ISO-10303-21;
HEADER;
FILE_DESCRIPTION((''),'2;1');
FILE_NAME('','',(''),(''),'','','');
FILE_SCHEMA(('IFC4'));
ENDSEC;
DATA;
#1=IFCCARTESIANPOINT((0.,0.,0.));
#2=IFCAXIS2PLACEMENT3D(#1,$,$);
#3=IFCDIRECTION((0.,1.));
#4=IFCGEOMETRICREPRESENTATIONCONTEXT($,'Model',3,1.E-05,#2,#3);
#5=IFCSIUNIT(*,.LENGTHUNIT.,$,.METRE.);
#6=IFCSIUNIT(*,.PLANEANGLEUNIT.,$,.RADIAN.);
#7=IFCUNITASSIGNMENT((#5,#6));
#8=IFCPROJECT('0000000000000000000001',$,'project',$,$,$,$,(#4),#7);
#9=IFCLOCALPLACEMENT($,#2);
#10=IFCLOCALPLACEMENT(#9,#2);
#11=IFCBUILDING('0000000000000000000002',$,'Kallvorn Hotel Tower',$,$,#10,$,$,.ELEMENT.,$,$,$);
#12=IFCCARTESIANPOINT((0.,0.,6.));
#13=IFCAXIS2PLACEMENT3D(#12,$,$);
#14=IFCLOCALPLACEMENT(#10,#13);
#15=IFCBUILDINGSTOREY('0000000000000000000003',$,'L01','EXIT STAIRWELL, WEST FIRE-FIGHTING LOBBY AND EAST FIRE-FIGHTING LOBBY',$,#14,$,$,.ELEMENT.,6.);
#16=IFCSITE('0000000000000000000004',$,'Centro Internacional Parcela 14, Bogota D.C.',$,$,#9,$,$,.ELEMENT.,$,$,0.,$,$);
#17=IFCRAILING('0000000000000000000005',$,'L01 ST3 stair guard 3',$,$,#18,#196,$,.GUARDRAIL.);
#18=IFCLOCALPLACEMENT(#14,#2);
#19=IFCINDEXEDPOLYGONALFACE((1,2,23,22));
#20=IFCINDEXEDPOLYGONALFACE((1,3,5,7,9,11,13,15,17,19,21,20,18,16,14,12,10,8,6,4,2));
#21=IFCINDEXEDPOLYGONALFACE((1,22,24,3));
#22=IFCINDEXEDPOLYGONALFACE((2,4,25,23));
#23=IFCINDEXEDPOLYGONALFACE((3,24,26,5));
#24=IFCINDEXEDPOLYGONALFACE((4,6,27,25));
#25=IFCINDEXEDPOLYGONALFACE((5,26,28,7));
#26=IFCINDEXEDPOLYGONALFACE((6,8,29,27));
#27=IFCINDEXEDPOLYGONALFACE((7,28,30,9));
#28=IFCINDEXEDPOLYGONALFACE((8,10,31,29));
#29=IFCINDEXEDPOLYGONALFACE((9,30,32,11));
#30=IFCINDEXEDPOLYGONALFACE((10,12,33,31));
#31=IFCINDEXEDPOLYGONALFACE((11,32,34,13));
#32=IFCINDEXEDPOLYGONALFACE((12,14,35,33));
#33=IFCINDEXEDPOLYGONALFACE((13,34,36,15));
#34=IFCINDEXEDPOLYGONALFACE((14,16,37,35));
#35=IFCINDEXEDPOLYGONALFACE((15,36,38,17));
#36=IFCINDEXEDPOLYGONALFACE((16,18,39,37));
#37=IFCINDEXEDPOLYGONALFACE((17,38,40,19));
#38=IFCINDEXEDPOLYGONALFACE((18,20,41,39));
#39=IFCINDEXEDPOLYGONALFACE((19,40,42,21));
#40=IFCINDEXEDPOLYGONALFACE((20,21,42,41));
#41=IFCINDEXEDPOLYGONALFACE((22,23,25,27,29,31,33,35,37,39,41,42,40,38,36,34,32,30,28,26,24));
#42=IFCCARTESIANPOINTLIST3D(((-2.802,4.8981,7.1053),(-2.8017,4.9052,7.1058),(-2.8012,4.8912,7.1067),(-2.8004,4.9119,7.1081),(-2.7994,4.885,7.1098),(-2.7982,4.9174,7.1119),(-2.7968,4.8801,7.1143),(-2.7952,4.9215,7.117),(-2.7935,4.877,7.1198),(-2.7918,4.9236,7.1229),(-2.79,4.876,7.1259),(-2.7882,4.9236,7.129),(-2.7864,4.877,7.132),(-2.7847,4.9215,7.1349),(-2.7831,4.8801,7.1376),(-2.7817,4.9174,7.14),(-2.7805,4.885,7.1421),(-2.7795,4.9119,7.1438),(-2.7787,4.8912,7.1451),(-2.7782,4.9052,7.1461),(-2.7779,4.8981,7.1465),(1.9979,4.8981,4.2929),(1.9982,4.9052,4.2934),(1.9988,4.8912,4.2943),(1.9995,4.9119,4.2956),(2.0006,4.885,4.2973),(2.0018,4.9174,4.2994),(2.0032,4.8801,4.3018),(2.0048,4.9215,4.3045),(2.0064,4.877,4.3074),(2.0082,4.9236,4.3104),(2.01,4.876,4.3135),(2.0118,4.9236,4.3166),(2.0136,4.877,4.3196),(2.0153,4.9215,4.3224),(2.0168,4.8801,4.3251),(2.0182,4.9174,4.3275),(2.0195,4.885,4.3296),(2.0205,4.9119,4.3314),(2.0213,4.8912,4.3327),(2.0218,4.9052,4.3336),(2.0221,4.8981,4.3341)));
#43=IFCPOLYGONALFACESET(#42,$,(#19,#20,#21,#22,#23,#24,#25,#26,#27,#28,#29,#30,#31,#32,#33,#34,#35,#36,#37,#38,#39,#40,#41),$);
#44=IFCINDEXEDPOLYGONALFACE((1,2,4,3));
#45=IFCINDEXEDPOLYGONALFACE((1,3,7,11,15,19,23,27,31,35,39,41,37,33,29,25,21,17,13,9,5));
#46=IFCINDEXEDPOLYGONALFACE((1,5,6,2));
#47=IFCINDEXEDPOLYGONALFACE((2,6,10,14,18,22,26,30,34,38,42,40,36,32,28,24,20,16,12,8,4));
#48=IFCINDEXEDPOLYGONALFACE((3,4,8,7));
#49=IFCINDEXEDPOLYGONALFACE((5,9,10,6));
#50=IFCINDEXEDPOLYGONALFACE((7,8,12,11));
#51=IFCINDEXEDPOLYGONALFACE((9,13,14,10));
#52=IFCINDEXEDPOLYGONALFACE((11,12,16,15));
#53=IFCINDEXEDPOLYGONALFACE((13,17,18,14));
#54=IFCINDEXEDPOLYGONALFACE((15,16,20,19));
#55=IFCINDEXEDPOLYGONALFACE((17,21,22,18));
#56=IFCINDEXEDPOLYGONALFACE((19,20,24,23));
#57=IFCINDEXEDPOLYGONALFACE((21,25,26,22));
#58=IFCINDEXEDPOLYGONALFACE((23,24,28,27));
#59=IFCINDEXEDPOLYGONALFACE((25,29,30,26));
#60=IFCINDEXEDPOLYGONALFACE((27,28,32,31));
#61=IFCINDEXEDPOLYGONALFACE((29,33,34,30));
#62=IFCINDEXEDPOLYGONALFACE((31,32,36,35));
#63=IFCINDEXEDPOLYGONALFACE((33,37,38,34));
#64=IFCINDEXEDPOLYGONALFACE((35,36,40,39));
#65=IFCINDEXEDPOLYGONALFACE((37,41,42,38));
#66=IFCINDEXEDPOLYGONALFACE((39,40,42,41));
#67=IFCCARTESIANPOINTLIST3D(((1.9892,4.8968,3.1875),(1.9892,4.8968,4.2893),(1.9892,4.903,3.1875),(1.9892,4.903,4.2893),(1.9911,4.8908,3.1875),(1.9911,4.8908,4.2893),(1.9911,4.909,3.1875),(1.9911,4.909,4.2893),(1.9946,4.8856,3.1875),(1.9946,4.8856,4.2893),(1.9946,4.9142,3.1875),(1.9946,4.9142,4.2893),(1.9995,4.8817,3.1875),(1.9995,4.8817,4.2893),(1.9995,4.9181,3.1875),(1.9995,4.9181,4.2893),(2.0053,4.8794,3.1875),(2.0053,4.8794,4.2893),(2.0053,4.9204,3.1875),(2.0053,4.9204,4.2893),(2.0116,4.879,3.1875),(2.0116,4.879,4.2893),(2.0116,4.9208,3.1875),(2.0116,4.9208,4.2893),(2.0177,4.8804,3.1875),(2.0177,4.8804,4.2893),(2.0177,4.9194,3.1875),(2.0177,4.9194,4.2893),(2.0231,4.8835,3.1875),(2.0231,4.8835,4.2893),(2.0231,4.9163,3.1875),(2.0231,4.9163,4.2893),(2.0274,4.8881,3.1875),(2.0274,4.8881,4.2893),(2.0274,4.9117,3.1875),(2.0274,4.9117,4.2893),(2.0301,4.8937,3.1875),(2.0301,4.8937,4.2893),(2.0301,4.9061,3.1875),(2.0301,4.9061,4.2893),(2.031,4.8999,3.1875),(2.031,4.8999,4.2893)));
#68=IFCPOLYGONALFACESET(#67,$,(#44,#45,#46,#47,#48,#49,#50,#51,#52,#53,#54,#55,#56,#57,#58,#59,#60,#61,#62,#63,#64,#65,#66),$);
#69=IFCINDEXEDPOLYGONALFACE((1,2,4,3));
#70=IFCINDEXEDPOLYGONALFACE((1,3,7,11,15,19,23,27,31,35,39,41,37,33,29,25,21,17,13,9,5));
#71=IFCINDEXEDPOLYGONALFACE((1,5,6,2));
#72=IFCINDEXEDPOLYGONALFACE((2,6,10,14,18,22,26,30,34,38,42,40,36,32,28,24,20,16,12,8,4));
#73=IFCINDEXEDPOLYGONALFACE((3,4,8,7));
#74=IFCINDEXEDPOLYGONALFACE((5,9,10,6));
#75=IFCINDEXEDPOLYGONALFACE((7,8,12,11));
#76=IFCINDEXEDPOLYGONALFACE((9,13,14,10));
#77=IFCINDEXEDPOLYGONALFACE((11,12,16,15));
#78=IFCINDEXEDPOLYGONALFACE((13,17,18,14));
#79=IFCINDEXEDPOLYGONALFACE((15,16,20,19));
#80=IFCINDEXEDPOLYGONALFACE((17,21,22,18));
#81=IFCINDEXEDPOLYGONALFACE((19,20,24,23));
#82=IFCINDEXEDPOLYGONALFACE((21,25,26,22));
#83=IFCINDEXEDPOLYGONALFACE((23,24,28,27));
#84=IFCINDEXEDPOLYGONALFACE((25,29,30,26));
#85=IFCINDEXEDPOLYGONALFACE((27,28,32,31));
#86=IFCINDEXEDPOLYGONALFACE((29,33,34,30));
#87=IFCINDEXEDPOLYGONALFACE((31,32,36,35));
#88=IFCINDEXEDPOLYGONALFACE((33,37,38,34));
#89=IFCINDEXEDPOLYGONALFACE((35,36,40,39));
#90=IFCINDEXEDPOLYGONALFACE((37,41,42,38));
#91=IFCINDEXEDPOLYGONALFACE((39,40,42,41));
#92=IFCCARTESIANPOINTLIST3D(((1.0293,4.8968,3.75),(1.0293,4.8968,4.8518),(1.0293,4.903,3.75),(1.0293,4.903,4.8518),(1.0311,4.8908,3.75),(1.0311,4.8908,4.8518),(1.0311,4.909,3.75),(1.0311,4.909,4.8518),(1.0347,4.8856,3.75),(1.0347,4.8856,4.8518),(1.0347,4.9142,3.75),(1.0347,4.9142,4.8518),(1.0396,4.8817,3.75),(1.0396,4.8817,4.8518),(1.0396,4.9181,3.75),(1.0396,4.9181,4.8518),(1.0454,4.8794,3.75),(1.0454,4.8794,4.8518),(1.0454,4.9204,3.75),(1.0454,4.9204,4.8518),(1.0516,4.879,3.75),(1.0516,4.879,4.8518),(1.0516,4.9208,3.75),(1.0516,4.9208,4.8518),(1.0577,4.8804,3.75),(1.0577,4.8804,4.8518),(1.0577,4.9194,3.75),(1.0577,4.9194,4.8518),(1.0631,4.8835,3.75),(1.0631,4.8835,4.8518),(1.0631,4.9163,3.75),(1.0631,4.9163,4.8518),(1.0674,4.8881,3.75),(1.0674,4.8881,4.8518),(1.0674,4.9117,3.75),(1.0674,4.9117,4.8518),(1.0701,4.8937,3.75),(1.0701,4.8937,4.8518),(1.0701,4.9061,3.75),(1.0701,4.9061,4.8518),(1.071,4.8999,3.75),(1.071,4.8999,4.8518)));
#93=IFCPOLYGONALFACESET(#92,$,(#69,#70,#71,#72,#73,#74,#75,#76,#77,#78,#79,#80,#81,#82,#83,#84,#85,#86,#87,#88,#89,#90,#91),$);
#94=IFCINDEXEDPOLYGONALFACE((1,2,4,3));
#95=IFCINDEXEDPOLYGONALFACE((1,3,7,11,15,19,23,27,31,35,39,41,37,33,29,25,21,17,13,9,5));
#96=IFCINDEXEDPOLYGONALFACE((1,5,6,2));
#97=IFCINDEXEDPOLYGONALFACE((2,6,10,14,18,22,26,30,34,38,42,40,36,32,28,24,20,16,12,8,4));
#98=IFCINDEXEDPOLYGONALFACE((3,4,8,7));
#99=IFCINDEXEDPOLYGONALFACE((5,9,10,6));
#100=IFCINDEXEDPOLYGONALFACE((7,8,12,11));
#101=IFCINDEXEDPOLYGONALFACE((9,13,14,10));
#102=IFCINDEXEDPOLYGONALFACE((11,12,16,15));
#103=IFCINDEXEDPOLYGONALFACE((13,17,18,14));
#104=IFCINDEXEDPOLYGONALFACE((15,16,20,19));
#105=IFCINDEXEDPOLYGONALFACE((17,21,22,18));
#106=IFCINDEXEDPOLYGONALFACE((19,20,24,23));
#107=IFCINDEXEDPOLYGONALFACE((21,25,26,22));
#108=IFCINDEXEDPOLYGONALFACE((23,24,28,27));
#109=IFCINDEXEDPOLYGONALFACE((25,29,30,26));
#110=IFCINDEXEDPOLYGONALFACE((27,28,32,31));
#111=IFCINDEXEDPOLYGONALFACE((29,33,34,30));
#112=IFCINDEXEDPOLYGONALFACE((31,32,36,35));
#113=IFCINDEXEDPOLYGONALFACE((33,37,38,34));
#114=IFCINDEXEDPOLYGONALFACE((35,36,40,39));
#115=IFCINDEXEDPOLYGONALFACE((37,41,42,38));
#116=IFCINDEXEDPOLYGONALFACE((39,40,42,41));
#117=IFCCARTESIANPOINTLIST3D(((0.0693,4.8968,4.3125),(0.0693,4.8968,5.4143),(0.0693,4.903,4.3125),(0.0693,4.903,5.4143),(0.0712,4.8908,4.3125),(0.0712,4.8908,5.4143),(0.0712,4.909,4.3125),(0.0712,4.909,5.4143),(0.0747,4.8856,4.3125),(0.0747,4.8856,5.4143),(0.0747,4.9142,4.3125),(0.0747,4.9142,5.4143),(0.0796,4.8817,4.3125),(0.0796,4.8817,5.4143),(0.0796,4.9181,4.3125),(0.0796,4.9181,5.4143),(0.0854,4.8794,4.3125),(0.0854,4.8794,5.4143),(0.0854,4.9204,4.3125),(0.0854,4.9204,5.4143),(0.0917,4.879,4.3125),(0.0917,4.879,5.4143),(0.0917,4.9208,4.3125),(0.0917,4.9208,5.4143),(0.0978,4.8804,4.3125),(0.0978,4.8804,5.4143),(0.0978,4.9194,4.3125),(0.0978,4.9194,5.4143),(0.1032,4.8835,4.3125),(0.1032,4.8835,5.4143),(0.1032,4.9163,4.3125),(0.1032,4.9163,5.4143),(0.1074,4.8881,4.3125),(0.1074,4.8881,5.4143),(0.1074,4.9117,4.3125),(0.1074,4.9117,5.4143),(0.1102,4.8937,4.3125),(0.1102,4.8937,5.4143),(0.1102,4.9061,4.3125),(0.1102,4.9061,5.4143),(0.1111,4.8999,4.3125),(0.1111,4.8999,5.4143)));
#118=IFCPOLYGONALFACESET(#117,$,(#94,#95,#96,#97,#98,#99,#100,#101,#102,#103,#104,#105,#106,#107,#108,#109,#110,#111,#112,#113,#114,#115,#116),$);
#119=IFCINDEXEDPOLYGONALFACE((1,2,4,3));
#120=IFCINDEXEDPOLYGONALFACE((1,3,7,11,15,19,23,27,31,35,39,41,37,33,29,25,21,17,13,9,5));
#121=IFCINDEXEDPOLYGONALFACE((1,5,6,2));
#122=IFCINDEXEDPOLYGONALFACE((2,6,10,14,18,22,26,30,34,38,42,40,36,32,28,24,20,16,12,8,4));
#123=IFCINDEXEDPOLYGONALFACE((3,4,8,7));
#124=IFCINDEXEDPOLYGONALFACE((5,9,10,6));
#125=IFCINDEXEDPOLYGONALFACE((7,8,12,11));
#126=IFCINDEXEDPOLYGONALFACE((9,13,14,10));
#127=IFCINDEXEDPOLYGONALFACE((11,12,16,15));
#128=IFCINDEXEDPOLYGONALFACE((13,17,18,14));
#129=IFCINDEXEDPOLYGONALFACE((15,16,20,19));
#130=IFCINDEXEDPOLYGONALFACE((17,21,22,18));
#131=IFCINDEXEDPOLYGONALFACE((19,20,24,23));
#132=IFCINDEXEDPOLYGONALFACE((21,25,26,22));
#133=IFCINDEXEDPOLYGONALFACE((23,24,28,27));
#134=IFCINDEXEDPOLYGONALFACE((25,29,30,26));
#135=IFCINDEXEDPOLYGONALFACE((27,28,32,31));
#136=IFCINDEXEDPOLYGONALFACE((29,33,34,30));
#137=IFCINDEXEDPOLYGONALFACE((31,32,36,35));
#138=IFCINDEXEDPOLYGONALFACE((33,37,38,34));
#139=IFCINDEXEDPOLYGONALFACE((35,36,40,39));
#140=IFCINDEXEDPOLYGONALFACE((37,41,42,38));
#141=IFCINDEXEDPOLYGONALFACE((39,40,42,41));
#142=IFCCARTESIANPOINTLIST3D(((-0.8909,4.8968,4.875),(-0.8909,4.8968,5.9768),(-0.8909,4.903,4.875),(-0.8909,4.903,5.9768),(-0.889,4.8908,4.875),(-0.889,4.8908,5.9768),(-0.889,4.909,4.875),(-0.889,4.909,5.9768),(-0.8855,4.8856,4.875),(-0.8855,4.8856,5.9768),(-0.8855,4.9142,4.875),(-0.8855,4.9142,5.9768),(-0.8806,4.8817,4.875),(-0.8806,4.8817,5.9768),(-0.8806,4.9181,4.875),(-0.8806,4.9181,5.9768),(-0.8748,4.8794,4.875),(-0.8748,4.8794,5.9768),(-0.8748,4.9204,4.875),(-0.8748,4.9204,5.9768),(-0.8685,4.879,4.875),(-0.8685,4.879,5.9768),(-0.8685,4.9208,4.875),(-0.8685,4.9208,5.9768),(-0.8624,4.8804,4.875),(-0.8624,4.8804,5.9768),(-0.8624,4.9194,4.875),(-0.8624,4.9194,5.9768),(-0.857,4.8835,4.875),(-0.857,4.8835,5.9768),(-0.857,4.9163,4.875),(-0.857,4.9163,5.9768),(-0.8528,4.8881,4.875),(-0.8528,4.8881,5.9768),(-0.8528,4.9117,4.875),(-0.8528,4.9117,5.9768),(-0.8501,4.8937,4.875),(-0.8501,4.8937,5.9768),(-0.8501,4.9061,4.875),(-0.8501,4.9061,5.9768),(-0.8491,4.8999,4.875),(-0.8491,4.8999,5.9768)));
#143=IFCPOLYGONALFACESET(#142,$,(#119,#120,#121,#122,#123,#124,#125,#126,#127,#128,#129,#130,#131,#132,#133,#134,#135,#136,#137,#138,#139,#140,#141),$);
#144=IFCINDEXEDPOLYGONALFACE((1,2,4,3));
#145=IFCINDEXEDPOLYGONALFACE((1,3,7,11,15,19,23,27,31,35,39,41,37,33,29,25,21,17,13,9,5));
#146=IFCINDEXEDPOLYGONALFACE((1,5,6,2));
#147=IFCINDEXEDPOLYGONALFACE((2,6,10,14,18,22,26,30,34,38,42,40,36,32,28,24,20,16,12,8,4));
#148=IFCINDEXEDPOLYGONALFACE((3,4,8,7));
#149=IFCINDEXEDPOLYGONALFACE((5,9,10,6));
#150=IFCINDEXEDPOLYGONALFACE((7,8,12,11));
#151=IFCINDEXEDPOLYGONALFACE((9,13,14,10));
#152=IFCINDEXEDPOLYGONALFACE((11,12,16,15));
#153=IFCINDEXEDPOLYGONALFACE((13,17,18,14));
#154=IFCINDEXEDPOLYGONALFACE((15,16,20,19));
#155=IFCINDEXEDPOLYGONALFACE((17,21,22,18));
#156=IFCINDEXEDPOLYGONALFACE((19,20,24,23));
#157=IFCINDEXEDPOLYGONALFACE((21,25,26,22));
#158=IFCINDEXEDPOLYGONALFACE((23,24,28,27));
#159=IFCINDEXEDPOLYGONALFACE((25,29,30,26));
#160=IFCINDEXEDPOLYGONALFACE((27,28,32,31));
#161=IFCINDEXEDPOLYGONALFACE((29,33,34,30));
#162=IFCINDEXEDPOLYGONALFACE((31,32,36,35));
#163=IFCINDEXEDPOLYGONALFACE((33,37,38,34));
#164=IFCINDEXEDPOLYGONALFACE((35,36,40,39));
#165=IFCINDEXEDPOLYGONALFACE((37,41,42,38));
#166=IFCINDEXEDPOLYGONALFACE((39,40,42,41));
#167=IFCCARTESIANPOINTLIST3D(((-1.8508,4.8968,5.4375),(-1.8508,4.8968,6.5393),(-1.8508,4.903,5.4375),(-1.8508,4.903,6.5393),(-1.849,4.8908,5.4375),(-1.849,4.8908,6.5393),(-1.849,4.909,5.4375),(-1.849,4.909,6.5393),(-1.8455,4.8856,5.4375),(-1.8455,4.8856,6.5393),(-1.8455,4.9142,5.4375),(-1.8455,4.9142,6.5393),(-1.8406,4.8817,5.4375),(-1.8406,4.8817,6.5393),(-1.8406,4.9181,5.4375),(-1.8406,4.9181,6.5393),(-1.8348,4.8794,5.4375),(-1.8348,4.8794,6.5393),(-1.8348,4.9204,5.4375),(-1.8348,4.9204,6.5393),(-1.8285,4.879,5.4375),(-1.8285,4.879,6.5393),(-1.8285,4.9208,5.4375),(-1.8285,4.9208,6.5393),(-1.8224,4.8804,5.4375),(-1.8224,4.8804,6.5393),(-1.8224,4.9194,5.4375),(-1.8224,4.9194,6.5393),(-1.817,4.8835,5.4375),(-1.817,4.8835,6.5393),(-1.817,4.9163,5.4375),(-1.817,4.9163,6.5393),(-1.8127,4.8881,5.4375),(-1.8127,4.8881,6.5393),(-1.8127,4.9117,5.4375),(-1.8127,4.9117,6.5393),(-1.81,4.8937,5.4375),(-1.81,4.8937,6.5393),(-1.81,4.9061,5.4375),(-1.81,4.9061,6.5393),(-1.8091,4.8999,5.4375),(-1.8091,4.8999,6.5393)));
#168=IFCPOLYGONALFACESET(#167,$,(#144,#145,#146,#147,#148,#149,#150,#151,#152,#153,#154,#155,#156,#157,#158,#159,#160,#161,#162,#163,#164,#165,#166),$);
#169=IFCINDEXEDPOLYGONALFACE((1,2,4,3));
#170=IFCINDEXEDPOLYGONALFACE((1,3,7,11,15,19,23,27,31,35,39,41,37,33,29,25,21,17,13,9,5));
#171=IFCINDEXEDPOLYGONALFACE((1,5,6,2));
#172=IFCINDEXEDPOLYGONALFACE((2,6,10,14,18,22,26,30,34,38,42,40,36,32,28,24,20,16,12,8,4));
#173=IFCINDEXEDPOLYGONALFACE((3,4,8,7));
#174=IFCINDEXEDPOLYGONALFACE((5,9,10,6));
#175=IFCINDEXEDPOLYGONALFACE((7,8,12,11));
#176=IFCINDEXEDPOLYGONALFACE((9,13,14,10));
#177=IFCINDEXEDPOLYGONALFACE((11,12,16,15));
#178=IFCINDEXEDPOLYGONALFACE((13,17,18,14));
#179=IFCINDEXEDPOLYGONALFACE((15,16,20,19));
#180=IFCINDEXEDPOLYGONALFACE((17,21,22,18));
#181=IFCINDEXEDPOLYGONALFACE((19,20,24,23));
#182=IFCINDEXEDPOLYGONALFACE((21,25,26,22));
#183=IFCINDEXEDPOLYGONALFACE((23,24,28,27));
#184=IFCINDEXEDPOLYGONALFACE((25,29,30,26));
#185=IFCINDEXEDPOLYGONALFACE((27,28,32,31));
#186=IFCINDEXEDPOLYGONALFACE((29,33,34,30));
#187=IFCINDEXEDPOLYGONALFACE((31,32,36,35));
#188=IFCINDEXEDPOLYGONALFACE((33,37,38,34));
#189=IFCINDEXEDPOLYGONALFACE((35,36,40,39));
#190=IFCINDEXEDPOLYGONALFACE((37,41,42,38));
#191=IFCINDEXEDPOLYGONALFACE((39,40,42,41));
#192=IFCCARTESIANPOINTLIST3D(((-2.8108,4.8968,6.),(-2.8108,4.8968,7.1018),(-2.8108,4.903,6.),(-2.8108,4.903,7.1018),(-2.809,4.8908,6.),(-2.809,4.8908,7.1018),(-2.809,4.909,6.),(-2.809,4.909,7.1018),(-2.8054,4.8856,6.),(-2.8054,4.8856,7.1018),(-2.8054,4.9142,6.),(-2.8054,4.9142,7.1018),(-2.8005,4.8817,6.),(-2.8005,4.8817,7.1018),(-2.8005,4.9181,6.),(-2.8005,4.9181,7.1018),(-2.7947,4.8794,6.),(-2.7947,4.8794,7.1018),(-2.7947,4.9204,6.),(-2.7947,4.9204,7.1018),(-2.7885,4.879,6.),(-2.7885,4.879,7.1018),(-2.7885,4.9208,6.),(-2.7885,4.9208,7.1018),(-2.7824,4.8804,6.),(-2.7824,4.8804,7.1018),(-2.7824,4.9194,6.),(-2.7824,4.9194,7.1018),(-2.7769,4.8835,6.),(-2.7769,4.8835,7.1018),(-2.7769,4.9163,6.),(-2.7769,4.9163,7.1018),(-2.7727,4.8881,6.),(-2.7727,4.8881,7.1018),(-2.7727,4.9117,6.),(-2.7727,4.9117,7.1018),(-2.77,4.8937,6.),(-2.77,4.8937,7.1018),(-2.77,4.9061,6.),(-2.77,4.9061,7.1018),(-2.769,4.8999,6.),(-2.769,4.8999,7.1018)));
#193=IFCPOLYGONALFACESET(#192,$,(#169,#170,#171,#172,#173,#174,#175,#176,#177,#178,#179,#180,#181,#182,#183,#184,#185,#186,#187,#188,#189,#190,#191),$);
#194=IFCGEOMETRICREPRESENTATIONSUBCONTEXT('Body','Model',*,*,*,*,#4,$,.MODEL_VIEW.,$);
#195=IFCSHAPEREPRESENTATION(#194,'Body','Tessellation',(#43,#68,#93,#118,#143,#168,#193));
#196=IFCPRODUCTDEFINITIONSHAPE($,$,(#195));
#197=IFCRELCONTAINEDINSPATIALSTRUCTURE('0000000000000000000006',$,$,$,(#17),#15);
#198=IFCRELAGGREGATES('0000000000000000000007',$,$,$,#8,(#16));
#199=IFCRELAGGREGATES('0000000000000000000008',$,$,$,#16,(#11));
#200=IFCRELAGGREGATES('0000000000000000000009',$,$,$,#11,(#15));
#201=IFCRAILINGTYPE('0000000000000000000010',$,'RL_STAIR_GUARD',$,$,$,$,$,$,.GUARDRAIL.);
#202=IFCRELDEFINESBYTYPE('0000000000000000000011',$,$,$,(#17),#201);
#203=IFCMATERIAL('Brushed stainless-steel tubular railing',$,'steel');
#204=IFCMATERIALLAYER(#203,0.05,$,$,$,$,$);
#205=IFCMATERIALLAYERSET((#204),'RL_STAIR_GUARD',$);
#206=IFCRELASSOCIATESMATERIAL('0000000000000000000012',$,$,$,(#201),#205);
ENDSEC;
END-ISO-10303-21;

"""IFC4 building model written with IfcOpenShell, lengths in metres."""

from ifc_helpers import new_model, si_unit, direction, frame, origin, origin_2d, place, context, subcontext, project, spatial, circle, extrude, material, layer, layer_set, type_object, element, save


model = new_model("IFC4")

# Units and contexts
model_context = context("Model", 3, precision=1e-05, world=origin(), true_north=direction((0.0, 1.0)))
body_context = subcontext(model_context, "Body", "Model", "MODEL_VIEW")
ifc_project = project(units=[si_unit("LENGTHUNIT", "METRE"), si_unit("PLANEANGLEUNIT", "RADIAN")], contexts=[model_context])

# Site, building, storey
site_placement = place(None, origin())
site = spatial("IfcSite", under=ifc_project, at=site_placement, Name="Centro Internacional Parcela 14, Bogota D.C.", CompositionType="ELEMENT", RefElevation=0.0)
building_placement = place(site_placement, origin())
building = spatial("IfcBuilding", under=site, at=building_placement, Name="Kallvorn Hotel Tower", CompositionType="ELEMENT")
storey_placement = place(building_placement, frame((0.0, 0.0, 6.0)))
storey = spatial("IfcBuildingStorey", under=building, at=storey_placement, Name="L01", Description="EXIT STAIRWELL, WEST FIRE-FIGHTING LOBBY AND EAST FIRE-FIGHTING LOBBY", CompositionType="ELEMENT", Elevation=6.0)

# Railing
ifc_material_1 = material(Name="Brushed stainless-steel tubular railing", Category="steel")
ifc_layer_1 = layer(ifc_material_1, 0.05)
ifc_layer_set_1 = layer_set([ifc_layer_1], Name="RL_STAIR_GUARD")
railing_type_1 = type_object("IfcRailingType", Name="RL_STAIR_GUARD", PredefinedType="GUARDRAIL", material=ifc_layer_set_1)
railing_1_placement = place(storey_placement, frame((2.01, 4.8999, 3.1875)))
element("IfcRailing", 1, at=railing_1_placement, inside=storey, type_object=railing_type_1, Name="L01 ST3 stair guard 3", PredefinedType="GUARDRAIL", context=body_context, shape_type="SweptSolid", body=[
    extrude(circle(Radius=0.0239, at=origin_2d()), frame((0.0, 0.0, 1.126), z_axis=(-0.862802, 0.0, 0.505543), x_axis=(0.0, -1.0, 0.0)), (0.0, 0.0, 1.0), 5.5632),
    extrude(circle(Radius=0.021, at=origin_2d()), origin(), (0.0, 0.0, 1.0), 1.1018),
    extrude(circle(Radius=0.021, at=origin_2d()), frame((-0.96, 0.0, 0.5625)), (0.0, 0.0, 1.0), 1.1018),
    extrude(circle(Radius=0.021, at=origin_2d()), frame((-1.9199, 0.0, 1.125)), (0.0, 0.0, 1.0), 1.1018),
    extrude(circle(Radius=0.021, at=origin_2d()), frame((-2.8801, 0.0, 1.6875)), (0.0, 0.0, 1.0), 1.1018),
    extrude(circle(Radius=0.021, at=origin_2d()), frame((-3.8401, 0.0, 2.25)), (0.0, 0.0, 1.0), 1.1018),
    extrude(circle(Radius=0.021, at=origin_2d()), frame((-4.8, 0.0, 2.8125)), (0.0, 0.0, 1.0), 1.1018),
])

save(model, "model.ifc")
